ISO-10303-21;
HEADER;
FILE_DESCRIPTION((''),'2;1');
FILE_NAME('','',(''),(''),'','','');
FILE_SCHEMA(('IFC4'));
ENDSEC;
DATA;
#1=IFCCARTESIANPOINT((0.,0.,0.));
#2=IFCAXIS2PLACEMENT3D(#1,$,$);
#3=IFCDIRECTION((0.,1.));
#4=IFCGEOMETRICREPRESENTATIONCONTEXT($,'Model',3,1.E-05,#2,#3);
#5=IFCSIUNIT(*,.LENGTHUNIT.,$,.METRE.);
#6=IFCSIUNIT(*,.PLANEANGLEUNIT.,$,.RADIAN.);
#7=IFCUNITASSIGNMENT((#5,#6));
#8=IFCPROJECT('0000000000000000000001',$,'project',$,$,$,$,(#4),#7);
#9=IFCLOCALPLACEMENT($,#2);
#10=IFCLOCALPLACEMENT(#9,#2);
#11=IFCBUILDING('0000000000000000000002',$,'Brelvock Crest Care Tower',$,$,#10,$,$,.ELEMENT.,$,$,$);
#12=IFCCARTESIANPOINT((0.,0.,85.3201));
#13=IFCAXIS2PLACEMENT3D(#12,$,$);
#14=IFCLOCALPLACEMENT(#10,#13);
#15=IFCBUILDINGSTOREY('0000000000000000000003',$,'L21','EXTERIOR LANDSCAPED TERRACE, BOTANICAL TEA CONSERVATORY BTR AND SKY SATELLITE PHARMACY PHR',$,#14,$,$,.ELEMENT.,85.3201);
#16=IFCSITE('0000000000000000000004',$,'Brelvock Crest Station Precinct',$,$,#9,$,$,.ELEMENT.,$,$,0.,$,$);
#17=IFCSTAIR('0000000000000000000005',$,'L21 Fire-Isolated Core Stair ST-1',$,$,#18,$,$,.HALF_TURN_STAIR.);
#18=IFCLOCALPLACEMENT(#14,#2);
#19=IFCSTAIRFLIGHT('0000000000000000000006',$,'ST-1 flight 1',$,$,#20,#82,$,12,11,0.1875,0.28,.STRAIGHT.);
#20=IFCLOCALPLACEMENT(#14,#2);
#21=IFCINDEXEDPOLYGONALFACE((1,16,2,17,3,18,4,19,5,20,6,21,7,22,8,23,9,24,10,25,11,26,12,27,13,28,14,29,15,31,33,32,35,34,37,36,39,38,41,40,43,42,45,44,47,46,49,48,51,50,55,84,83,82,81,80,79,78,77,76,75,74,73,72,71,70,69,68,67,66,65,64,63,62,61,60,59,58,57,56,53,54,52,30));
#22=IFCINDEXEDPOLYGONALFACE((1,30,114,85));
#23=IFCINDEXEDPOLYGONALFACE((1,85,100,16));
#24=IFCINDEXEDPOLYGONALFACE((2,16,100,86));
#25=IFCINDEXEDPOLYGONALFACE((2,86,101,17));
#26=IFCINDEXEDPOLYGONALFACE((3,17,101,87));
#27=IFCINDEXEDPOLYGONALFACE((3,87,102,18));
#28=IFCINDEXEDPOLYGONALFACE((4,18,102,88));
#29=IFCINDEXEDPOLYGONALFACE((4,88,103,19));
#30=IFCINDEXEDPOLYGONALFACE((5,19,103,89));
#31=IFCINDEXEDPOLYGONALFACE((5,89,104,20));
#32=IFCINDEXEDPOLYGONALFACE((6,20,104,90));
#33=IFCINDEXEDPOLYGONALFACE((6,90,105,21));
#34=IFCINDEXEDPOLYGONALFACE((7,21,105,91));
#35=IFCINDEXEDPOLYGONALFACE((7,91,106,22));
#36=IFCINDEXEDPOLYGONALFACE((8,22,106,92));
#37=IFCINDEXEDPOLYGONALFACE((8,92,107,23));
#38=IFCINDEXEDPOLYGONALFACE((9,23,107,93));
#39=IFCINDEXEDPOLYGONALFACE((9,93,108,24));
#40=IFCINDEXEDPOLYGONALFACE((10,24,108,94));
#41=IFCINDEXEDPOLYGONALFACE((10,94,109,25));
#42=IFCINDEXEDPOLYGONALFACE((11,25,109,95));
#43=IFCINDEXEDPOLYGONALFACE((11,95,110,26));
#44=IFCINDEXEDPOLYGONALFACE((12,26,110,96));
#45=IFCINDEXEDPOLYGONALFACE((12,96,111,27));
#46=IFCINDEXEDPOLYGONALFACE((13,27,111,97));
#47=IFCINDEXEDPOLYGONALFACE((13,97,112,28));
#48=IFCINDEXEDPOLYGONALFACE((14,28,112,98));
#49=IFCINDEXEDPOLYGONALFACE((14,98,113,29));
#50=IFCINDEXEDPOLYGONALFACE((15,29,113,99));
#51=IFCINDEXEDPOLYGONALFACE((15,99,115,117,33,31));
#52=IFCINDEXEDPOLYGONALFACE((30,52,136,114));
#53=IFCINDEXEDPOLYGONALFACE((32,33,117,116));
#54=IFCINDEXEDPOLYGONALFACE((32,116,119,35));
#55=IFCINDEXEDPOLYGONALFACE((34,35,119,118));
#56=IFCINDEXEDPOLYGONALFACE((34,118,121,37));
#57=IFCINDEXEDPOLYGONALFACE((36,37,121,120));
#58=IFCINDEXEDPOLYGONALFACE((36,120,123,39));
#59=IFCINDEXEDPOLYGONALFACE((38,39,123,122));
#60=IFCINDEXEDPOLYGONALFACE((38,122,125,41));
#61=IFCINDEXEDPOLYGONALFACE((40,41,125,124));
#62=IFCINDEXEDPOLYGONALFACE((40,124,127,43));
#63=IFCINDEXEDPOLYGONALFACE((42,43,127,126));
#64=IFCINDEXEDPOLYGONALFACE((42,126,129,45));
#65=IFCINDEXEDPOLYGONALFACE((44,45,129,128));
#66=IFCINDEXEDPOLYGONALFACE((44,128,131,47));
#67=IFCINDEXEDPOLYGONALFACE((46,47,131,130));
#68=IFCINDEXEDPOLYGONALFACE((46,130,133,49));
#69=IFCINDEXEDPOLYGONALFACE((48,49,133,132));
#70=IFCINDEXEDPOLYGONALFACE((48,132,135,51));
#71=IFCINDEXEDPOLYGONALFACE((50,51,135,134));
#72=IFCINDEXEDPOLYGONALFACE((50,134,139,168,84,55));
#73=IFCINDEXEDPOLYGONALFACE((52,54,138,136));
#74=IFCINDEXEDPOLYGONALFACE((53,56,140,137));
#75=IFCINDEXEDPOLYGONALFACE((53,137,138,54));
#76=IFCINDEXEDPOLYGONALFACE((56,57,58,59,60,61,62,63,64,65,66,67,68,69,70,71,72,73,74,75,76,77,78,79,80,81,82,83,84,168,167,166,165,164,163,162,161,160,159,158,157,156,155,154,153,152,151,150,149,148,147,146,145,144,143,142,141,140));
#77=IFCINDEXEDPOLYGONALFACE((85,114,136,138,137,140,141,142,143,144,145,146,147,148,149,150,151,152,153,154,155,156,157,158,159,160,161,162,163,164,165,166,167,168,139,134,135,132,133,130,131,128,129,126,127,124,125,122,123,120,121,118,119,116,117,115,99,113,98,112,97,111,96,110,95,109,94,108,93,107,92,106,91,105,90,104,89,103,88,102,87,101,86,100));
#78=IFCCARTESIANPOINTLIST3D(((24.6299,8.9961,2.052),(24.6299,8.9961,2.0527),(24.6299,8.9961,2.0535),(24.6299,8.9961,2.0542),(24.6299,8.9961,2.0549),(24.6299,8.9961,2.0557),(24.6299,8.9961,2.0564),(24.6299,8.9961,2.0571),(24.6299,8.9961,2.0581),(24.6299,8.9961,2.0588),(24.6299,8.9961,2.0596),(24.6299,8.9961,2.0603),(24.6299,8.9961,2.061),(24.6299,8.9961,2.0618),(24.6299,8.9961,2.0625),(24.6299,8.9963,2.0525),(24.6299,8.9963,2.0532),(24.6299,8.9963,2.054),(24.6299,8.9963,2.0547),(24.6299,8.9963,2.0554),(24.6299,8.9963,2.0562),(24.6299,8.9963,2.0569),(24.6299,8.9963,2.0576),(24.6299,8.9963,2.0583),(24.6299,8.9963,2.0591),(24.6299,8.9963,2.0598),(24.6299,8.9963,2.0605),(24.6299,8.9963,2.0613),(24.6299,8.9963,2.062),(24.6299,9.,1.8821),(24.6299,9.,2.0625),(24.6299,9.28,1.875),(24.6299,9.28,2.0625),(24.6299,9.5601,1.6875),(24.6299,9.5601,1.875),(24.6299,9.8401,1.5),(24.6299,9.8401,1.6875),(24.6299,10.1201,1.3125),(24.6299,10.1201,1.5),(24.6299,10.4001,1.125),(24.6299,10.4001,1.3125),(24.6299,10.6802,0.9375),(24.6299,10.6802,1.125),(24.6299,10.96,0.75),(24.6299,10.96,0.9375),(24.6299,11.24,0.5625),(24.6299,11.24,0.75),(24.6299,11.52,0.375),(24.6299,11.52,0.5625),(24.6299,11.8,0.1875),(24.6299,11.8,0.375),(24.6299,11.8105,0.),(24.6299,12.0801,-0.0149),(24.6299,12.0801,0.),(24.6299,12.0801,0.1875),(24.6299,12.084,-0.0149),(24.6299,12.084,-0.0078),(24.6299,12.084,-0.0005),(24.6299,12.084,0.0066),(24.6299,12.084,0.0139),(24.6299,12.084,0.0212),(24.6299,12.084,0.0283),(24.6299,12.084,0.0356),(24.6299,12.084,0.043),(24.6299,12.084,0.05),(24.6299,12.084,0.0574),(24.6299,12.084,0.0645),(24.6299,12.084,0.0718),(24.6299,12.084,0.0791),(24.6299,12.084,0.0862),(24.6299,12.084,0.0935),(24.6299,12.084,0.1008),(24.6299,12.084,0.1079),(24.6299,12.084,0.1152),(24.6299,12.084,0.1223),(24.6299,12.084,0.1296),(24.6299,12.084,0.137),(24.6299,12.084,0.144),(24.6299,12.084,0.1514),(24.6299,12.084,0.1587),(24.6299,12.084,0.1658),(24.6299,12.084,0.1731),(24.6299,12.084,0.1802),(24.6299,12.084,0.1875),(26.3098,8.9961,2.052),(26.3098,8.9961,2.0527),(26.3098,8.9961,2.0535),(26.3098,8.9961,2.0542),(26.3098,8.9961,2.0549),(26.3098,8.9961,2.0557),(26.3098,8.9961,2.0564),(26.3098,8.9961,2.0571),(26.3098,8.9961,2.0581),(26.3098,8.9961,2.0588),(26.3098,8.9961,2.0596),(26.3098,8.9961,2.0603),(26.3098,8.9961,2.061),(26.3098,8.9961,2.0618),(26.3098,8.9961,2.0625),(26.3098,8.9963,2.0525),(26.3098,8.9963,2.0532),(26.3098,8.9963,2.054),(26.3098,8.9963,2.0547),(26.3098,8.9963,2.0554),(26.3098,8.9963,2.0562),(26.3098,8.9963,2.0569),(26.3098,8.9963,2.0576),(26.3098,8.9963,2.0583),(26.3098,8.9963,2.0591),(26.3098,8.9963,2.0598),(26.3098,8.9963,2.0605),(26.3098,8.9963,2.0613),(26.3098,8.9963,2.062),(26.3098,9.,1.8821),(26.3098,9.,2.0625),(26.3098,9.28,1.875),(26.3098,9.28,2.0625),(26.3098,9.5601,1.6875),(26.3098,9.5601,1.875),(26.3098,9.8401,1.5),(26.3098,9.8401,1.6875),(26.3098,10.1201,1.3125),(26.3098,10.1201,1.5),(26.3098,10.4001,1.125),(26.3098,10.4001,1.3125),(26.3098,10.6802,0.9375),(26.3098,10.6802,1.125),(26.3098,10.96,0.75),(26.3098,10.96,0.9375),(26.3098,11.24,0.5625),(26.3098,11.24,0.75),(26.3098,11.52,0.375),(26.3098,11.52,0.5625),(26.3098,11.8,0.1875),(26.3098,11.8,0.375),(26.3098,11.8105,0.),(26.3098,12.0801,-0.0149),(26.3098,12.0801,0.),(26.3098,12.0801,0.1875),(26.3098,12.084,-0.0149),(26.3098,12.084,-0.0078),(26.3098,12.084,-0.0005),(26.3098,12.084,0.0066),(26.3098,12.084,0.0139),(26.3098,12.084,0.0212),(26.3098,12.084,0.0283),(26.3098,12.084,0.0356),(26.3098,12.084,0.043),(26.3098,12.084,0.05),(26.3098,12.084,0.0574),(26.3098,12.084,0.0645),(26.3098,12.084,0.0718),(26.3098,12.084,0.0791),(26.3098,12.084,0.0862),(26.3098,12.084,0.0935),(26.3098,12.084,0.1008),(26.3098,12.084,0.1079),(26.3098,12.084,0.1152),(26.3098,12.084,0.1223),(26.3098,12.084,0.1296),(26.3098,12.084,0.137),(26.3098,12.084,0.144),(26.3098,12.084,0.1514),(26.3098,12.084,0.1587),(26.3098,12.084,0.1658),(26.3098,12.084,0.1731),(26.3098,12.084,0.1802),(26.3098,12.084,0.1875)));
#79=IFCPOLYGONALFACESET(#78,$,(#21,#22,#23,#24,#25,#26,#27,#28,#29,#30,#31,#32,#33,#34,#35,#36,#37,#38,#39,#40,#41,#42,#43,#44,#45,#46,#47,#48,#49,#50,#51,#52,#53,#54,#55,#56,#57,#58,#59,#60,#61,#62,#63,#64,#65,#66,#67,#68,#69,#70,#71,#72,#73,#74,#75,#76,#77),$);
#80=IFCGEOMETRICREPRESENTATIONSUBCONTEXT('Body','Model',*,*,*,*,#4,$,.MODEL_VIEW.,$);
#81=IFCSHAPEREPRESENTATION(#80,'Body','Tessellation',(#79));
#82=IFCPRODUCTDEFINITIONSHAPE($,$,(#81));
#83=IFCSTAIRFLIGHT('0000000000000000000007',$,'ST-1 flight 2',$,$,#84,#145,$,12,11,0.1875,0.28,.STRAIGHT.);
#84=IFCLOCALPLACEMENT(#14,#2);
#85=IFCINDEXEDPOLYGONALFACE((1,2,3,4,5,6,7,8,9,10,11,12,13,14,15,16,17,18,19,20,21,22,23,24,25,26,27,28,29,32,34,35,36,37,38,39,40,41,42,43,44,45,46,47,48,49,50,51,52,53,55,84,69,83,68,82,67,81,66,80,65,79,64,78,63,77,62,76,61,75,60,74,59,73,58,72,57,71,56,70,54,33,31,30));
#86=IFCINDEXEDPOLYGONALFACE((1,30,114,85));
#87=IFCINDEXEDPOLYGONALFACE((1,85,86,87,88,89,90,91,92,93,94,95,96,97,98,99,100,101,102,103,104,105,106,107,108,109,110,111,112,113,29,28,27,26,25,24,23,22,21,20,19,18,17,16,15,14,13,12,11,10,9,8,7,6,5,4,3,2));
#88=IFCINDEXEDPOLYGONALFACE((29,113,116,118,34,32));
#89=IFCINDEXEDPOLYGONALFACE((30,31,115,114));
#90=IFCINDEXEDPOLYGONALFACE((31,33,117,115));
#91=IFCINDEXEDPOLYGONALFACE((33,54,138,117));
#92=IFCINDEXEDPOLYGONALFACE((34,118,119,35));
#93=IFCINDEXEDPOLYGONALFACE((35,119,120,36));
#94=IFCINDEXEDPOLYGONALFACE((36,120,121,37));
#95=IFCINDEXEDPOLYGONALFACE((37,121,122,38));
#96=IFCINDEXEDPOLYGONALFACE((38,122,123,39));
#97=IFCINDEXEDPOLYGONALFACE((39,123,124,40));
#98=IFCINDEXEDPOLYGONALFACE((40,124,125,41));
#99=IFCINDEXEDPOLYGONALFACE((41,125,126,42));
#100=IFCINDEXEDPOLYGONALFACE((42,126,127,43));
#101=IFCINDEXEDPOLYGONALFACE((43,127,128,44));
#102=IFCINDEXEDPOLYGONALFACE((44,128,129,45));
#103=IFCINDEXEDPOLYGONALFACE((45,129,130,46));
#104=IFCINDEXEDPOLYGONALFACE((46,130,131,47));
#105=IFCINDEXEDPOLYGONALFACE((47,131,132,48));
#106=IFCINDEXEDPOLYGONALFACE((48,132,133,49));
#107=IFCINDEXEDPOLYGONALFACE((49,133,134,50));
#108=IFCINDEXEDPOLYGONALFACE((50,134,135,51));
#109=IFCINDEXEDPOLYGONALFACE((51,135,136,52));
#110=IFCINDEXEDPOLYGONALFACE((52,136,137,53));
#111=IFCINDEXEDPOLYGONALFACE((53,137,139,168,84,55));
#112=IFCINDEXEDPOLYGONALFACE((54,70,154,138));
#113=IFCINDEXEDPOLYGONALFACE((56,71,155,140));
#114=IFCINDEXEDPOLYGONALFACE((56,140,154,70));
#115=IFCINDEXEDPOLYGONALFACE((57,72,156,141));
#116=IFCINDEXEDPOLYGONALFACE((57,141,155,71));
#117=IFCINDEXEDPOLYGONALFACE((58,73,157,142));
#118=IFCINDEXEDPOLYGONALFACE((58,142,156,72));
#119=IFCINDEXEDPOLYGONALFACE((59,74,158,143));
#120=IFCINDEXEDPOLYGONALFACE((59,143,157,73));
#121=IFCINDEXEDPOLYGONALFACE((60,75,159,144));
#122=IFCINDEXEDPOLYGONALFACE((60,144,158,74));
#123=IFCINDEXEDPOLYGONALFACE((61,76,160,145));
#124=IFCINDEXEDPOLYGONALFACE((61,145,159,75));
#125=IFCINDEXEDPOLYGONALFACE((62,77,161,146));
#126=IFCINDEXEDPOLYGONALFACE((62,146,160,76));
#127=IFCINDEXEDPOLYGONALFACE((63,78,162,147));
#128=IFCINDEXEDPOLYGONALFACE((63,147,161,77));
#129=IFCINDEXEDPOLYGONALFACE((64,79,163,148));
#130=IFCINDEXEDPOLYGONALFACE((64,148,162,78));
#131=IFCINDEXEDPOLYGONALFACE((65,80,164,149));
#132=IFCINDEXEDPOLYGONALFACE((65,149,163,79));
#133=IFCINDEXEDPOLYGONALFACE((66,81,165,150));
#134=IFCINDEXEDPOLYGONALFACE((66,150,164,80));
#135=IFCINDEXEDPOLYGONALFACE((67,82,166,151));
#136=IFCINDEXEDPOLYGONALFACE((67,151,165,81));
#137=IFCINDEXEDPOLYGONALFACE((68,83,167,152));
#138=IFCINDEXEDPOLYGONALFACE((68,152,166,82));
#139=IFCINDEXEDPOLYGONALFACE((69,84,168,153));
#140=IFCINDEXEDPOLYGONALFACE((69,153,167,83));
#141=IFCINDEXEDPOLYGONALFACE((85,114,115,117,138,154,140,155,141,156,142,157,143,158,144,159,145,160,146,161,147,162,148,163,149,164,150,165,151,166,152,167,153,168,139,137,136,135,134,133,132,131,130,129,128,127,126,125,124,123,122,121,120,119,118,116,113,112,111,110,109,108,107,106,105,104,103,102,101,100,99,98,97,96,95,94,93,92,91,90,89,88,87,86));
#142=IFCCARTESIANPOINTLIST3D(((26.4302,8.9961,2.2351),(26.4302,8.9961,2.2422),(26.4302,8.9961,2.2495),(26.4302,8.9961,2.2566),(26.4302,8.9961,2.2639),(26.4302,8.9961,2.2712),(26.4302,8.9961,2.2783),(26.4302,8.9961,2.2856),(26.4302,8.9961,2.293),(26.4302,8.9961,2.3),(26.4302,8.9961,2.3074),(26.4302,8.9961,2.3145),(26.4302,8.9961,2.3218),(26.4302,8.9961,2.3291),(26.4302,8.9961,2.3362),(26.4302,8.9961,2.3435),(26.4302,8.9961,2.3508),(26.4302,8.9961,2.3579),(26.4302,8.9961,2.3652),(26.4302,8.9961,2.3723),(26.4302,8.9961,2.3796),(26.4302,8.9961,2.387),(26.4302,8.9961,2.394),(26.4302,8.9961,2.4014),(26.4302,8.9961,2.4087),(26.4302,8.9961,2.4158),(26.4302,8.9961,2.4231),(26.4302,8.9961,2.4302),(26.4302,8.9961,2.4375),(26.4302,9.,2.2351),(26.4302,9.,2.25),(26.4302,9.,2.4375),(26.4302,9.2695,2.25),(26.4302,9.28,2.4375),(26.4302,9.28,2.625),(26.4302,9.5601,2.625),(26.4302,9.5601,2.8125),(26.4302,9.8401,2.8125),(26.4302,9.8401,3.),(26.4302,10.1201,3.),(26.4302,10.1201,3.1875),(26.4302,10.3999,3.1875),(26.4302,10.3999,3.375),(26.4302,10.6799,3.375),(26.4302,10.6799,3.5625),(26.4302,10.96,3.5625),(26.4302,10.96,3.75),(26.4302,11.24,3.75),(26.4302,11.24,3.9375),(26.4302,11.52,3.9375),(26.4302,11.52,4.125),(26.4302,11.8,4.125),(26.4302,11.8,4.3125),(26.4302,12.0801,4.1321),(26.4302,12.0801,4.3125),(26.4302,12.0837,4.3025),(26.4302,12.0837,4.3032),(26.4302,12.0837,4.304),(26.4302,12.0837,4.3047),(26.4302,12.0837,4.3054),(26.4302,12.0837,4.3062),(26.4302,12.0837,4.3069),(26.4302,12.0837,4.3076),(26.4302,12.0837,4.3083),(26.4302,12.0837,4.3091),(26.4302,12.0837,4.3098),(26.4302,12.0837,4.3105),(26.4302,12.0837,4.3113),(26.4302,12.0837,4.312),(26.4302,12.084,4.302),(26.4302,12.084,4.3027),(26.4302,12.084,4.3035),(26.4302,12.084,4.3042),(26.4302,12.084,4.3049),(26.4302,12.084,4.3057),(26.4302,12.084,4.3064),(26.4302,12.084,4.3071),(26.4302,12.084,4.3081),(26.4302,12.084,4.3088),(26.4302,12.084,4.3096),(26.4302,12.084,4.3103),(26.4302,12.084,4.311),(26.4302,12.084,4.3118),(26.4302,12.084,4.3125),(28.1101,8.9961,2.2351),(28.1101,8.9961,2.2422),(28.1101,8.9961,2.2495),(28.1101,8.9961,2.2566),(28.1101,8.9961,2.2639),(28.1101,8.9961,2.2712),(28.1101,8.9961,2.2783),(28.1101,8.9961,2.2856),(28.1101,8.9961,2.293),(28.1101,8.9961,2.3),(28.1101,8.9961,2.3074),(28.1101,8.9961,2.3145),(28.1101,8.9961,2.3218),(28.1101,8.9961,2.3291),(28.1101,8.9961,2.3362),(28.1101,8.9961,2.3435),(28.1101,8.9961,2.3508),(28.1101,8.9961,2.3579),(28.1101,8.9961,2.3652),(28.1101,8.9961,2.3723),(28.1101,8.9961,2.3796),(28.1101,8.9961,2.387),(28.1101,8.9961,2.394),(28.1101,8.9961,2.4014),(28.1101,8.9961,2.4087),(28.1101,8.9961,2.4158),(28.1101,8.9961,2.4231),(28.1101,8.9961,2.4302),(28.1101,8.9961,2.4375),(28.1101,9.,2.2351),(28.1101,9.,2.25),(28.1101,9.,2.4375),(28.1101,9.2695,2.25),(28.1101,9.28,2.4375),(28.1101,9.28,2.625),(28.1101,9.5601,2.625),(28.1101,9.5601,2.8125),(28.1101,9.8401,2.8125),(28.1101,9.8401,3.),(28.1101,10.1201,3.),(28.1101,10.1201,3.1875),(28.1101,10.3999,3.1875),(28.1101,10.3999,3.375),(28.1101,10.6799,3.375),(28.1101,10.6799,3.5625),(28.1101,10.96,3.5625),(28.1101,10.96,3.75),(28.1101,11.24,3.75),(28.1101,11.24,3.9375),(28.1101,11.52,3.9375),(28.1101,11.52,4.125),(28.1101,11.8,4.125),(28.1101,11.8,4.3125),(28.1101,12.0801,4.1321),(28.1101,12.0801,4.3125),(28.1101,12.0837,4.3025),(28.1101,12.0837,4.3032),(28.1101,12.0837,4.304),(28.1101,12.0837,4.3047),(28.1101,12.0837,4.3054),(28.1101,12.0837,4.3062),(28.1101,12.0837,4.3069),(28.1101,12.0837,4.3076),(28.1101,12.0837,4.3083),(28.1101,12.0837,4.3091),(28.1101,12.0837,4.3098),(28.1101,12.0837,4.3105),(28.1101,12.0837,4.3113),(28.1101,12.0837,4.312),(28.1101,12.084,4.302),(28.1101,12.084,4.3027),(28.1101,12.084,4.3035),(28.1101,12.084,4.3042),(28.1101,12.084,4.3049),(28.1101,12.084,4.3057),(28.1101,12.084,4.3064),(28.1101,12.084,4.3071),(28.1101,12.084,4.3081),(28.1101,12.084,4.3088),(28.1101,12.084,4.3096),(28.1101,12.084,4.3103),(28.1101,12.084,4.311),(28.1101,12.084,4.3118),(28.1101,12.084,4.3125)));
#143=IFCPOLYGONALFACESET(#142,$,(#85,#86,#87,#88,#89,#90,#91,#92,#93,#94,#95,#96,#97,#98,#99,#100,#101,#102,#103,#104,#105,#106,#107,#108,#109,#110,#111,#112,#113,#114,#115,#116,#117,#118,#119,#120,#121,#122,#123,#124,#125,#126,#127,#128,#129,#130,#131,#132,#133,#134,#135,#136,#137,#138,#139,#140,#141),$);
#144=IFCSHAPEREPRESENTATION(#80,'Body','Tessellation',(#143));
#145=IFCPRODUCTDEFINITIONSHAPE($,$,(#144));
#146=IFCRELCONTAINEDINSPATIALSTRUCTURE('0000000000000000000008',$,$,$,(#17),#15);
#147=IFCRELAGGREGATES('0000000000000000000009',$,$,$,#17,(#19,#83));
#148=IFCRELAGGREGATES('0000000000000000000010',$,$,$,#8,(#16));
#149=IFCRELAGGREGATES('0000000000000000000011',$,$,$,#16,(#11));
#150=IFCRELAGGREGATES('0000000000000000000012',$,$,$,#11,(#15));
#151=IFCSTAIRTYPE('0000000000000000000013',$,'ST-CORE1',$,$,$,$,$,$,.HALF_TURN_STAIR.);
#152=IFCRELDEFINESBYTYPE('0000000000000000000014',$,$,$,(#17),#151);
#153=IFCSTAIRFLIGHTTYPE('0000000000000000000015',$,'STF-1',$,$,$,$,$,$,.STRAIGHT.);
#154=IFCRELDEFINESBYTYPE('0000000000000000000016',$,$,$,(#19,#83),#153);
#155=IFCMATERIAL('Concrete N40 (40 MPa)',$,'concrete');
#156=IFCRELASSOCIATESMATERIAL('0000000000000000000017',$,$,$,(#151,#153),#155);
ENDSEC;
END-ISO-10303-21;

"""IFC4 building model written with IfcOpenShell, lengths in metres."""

from ifc_helpers import new_model, si_unit, direction, frame, origin, place, context, subcontext, project, spatial, polyline, outline, extrude, material, type_object, element, aggregate, save


model = new_model("IFC4")

# Units and contexts
model_context = context("Model", 3, precision=1e-05, world=origin(), true_north=direction((0.0, 1.0)))
body_context = subcontext(model_context, "Body", "Model", "MODEL_VIEW")
ifc_project = project(units=[si_unit("LENGTHUNIT", "METRE"), si_unit("PLANEANGLEUNIT", "RADIAN")], contexts=[model_context])

# Site, building, storey
site_placement = place(None, origin())
site = spatial("IfcSite", under=ifc_project, at=site_placement, Name="Brelvock Crest Station Precinct", CompositionType="ELEMENT", RefElevation=0.0)
building_placement = place(site_placement, origin())
building = spatial("IfcBuilding", under=site, at=building_placement, Name="Brelvock Crest Care Tower", CompositionType="ELEMENT")
storey_placement = place(building_placement, frame((0.0, 0.0, 85.3201)))
storey = spatial("IfcBuildingStorey", under=building, at=storey_placement, Name="L21", Description="EXTERIOR LANDSCAPED TERRACE, BOTANICAL TEA CONSERVATORY BTR AND SKY SATELLITE PHARMACY PHR", CompositionType="ELEMENT", Elevation=85.3201)

# Stair, stair flights
ifc_material_1 = material(Name="Concrete N40 (40 MPa)", Category="concrete")
stair_type = type_object("IfcStairType", Name="ST-CORE1", PredefinedType="HALF_TURN_STAIR", material=ifc_material_1)
stair_placement = place(storey_placement, origin())
stair = element("IfcStair", 1, at=stair_placement, inside=storey, type_object=stair_type, Name="L21 Fire-Isolated Core Stair ST-1", PredefinedType="HALF_TURN_STAIR")
stair_flight_type = type_object("IfcStairFlightType", Name="STF-1", PredefinedType="STRAIGHT", material=ifc_material_1)
stair_flight_1_placement = place(storey_placement, frame((25.47, 12.0801, 0.0), z_axis=(0.0, 0.0, 1.0), x_axis=(0.0, -1.0, 0.0)))
stair_flight_1 = element("IfcStairFlight", 2, at=stair_flight_1_placement, type_object=stair_flight_type, Name="ST-1 flight 1", NumberOfRisers=12, NumberOfTreads=11, PredefinedType="STRAIGHT", RiserHeight=0.1875, TreadLength=0.28, context=body_context, shape_type="SweptSolid", body=[
    extrude(outline(polyline([(-0.0039, -0.0149), (-0.0039, -0.0078), (-0.0039, -0.0005), (-0.0039, 0.0066), (-0.0039, 0.0139), (-0.0039, 0.0212), (-0.0039, 0.0283), (-0.0039, 0.0356), (-0.0039, 0.043), (-0.0039, 0.05), (-0.0039, 0.0574), (-0.0039, 0.0645), (-0.0039, 0.0718), (-0.0039, 0.0791), (-0.0039, 0.0862), (-0.0039, 0.0935), (-0.0039, 0.1008), (-0.0039, 0.1079), (-0.0039, 0.1152), (-0.0039, 0.1223), (-0.0039, 0.1296), (-0.0039, 0.137), (-0.0039, 0.144), (-0.0039, 0.1514), (-0.0039, 0.1587), (-0.0039, 0.1658), (-0.0039, 0.1731), (-0.0039, 0.1802), (-0.0039, 0.1875), (0.0, 0.1875), (0.28, 0.1875), (0.28, 0.375), (0.5601, 0.375), (0.5601, 0.5625), (0.8401, 0.5625), (0.8401, 0.75), (1.1201, 0.75), (1.1201, 0.9375), (1.3999, 0.9375), (1.3999, 1.125), (1.6799, 1.125), (1.6799, 1.3125), (1.96, 1.3125), (1.96, 1.5), (2.24, 1.5), (2.24, 1.6875), (2.52, 1.6875), (2.52, 1.875), (2.8, 1.875), (2.8, 2.0625), (3.0801, 2.0625), (3.084, 2.0625), (3.0837, 2.062), (3.084, 2.0618), (3.0837, 2.0613), (3.084, 2.061), (3.0837, 2.0605), (3.084, 2.0603), (3.0837, 2.0598), (3.084, 2.0596), (3.0837, 2.0591), (3.084, 2.0588), (3.0837, 2.0583), (3.084, 2.0581), (3.0837, 2.0576), (3.084, 2.0571), (3.0837, 2.0569), (3.084, 2.0564), (3.0837, 2.0562), (3.084, 2.0557), (3.0837, 2.0554), (3.084, 2.0549), (3.0837, 2.0547), (3.084, 2.0542), (3.0837, 2.054), (3.084, 2.0535), (3.0837, 2.0532), (3.084, 2.0527), (3.0837, 2.0525), (3.084, 2.052), (3.0801, 1.8821), (0.2695, 0.0), (0.0, 0.0), (0.0, -0.0149), (-0.0039, -0.0149)])), frame((0.0, 0.8398, 0.0), z_axis=(0.0, -1.0, 0.0), x_axis=(1.0, 0.0, 0.0)), (0.0, 0.0, 1.0), 1.6799),
])
stair_flight_2_placement = place(storey_placement, frame((27.27, 9.0, 2.25), z_axis=(0.0, 0.0, 1.0), x_axis=(0.0, 1.0, 0.0)))
stair_flight_2 = element("IfcStairFlight", 3, at=stair_flight_2_placement, type_object=stair_flight_type, Name="ST-1 flight 2", NumberOfRisers=12, NumberOfTreads=11, PredefinedType="STRAIGHT", RiserHeight=0.1875, TreadLength=0.28, context=body_context, shape_type="SweptSolid", body=[
    extrude(outline(polyline([(-0.0039, -0.0149), (-0.0039, -0.0078), (-0.0039, -0.0005), (-0.0039, 0.0066), (-0.0039, 0.0139), (-0.0039, 0.0212), (-0.0039, 0.0283), (-0.0039, 0.0356), (-0.0039, 0.043), (-0.0039, 0.05), (-0.0039, 0.0574), (-0.0039, 0.0645), (-0.0039, 0.0718), (-0.0039, 0.0791), (-0.0039, 0.0862), (-0.0039, 0.0935), (-0.0039, 0.1008), (-0.0039, 0.1079), (-0.0039, 0.1152), (-0.0039, 0.1223), (-0.0039, 0.1296), (-0.0039, 0.137), (-0.0039, 0.144), (-0.0039, 0.1514), (-0.0039, 0.1587), (-0.0039, 0.1658), (-0.0039, 0.1731), (-0.0039, 0.1802), (-0.0039, 0.1875), (0.0, 0.1875), (0.28, 0.1875), (0.28, 0.375), (0.5601, 0.375), (0.5601, 0.5625), (0.8401, 0.5625), (0.8401, 0.75), (1.1201, 0.75), (1.1201, 0.9375), (1.3999, 0.9375), (1.3999, 1.125), (1.6799, 1.125), (1.6799, 1.3125), (1.96, 1.3125), (1.96, 1.5), (2.24, 1.5), (2.24, 1.6875), (2.52, 1.6875), (2.52, 1.875), (2.8, 1.875), (2.8, 2.0625), (3.0801, 2.0625), (3.084, 2.0625), (3.0837, 2.062), (3.084, 2.0618), (3.0837, 2.0613), (3.084, 2.061), (3.0837, 2.0605), (3.084, 2.0603), (3.0837, 2.0598), (3.084, 2.0596), (3.0837, 2.0591), (3.084, 2.0588), (3.0837, 2.0583), (3.084, 2.0581), (3.0837, 2.0576), (3.084, 2.0571), (3.0837, 2.0569), (3.084, 2.0564), (3.0837, 2.0562), (3.084, 2.0557), (3.0837, 2.0554), (3.084, 2.0549), (3.0837, 2.0547), (3.084, 2.0542), (3.0837, 2.054), (3.084, 2.0535), (3.0837, 2.0532), (3.084, 2.0527), (3.0837, 2.0525), (3.084, 2.052), (3.0801, 1.8821), (0.2695, 0.0), (0.0, 0.0), (0.0, -0.0149), (-0.0039, -0.0149)])), frame((0.0, 0.8398, 0.0), z_axis=(0.0, -1.0, 0.0), x_axis=(1.0, 0.0, 0.0)), (0.0, 0.0, 1.0), 1.6799),
])
aggregate(stair, [stair_flight_1, stair_flight_2])

save(model, "model.ifc")
